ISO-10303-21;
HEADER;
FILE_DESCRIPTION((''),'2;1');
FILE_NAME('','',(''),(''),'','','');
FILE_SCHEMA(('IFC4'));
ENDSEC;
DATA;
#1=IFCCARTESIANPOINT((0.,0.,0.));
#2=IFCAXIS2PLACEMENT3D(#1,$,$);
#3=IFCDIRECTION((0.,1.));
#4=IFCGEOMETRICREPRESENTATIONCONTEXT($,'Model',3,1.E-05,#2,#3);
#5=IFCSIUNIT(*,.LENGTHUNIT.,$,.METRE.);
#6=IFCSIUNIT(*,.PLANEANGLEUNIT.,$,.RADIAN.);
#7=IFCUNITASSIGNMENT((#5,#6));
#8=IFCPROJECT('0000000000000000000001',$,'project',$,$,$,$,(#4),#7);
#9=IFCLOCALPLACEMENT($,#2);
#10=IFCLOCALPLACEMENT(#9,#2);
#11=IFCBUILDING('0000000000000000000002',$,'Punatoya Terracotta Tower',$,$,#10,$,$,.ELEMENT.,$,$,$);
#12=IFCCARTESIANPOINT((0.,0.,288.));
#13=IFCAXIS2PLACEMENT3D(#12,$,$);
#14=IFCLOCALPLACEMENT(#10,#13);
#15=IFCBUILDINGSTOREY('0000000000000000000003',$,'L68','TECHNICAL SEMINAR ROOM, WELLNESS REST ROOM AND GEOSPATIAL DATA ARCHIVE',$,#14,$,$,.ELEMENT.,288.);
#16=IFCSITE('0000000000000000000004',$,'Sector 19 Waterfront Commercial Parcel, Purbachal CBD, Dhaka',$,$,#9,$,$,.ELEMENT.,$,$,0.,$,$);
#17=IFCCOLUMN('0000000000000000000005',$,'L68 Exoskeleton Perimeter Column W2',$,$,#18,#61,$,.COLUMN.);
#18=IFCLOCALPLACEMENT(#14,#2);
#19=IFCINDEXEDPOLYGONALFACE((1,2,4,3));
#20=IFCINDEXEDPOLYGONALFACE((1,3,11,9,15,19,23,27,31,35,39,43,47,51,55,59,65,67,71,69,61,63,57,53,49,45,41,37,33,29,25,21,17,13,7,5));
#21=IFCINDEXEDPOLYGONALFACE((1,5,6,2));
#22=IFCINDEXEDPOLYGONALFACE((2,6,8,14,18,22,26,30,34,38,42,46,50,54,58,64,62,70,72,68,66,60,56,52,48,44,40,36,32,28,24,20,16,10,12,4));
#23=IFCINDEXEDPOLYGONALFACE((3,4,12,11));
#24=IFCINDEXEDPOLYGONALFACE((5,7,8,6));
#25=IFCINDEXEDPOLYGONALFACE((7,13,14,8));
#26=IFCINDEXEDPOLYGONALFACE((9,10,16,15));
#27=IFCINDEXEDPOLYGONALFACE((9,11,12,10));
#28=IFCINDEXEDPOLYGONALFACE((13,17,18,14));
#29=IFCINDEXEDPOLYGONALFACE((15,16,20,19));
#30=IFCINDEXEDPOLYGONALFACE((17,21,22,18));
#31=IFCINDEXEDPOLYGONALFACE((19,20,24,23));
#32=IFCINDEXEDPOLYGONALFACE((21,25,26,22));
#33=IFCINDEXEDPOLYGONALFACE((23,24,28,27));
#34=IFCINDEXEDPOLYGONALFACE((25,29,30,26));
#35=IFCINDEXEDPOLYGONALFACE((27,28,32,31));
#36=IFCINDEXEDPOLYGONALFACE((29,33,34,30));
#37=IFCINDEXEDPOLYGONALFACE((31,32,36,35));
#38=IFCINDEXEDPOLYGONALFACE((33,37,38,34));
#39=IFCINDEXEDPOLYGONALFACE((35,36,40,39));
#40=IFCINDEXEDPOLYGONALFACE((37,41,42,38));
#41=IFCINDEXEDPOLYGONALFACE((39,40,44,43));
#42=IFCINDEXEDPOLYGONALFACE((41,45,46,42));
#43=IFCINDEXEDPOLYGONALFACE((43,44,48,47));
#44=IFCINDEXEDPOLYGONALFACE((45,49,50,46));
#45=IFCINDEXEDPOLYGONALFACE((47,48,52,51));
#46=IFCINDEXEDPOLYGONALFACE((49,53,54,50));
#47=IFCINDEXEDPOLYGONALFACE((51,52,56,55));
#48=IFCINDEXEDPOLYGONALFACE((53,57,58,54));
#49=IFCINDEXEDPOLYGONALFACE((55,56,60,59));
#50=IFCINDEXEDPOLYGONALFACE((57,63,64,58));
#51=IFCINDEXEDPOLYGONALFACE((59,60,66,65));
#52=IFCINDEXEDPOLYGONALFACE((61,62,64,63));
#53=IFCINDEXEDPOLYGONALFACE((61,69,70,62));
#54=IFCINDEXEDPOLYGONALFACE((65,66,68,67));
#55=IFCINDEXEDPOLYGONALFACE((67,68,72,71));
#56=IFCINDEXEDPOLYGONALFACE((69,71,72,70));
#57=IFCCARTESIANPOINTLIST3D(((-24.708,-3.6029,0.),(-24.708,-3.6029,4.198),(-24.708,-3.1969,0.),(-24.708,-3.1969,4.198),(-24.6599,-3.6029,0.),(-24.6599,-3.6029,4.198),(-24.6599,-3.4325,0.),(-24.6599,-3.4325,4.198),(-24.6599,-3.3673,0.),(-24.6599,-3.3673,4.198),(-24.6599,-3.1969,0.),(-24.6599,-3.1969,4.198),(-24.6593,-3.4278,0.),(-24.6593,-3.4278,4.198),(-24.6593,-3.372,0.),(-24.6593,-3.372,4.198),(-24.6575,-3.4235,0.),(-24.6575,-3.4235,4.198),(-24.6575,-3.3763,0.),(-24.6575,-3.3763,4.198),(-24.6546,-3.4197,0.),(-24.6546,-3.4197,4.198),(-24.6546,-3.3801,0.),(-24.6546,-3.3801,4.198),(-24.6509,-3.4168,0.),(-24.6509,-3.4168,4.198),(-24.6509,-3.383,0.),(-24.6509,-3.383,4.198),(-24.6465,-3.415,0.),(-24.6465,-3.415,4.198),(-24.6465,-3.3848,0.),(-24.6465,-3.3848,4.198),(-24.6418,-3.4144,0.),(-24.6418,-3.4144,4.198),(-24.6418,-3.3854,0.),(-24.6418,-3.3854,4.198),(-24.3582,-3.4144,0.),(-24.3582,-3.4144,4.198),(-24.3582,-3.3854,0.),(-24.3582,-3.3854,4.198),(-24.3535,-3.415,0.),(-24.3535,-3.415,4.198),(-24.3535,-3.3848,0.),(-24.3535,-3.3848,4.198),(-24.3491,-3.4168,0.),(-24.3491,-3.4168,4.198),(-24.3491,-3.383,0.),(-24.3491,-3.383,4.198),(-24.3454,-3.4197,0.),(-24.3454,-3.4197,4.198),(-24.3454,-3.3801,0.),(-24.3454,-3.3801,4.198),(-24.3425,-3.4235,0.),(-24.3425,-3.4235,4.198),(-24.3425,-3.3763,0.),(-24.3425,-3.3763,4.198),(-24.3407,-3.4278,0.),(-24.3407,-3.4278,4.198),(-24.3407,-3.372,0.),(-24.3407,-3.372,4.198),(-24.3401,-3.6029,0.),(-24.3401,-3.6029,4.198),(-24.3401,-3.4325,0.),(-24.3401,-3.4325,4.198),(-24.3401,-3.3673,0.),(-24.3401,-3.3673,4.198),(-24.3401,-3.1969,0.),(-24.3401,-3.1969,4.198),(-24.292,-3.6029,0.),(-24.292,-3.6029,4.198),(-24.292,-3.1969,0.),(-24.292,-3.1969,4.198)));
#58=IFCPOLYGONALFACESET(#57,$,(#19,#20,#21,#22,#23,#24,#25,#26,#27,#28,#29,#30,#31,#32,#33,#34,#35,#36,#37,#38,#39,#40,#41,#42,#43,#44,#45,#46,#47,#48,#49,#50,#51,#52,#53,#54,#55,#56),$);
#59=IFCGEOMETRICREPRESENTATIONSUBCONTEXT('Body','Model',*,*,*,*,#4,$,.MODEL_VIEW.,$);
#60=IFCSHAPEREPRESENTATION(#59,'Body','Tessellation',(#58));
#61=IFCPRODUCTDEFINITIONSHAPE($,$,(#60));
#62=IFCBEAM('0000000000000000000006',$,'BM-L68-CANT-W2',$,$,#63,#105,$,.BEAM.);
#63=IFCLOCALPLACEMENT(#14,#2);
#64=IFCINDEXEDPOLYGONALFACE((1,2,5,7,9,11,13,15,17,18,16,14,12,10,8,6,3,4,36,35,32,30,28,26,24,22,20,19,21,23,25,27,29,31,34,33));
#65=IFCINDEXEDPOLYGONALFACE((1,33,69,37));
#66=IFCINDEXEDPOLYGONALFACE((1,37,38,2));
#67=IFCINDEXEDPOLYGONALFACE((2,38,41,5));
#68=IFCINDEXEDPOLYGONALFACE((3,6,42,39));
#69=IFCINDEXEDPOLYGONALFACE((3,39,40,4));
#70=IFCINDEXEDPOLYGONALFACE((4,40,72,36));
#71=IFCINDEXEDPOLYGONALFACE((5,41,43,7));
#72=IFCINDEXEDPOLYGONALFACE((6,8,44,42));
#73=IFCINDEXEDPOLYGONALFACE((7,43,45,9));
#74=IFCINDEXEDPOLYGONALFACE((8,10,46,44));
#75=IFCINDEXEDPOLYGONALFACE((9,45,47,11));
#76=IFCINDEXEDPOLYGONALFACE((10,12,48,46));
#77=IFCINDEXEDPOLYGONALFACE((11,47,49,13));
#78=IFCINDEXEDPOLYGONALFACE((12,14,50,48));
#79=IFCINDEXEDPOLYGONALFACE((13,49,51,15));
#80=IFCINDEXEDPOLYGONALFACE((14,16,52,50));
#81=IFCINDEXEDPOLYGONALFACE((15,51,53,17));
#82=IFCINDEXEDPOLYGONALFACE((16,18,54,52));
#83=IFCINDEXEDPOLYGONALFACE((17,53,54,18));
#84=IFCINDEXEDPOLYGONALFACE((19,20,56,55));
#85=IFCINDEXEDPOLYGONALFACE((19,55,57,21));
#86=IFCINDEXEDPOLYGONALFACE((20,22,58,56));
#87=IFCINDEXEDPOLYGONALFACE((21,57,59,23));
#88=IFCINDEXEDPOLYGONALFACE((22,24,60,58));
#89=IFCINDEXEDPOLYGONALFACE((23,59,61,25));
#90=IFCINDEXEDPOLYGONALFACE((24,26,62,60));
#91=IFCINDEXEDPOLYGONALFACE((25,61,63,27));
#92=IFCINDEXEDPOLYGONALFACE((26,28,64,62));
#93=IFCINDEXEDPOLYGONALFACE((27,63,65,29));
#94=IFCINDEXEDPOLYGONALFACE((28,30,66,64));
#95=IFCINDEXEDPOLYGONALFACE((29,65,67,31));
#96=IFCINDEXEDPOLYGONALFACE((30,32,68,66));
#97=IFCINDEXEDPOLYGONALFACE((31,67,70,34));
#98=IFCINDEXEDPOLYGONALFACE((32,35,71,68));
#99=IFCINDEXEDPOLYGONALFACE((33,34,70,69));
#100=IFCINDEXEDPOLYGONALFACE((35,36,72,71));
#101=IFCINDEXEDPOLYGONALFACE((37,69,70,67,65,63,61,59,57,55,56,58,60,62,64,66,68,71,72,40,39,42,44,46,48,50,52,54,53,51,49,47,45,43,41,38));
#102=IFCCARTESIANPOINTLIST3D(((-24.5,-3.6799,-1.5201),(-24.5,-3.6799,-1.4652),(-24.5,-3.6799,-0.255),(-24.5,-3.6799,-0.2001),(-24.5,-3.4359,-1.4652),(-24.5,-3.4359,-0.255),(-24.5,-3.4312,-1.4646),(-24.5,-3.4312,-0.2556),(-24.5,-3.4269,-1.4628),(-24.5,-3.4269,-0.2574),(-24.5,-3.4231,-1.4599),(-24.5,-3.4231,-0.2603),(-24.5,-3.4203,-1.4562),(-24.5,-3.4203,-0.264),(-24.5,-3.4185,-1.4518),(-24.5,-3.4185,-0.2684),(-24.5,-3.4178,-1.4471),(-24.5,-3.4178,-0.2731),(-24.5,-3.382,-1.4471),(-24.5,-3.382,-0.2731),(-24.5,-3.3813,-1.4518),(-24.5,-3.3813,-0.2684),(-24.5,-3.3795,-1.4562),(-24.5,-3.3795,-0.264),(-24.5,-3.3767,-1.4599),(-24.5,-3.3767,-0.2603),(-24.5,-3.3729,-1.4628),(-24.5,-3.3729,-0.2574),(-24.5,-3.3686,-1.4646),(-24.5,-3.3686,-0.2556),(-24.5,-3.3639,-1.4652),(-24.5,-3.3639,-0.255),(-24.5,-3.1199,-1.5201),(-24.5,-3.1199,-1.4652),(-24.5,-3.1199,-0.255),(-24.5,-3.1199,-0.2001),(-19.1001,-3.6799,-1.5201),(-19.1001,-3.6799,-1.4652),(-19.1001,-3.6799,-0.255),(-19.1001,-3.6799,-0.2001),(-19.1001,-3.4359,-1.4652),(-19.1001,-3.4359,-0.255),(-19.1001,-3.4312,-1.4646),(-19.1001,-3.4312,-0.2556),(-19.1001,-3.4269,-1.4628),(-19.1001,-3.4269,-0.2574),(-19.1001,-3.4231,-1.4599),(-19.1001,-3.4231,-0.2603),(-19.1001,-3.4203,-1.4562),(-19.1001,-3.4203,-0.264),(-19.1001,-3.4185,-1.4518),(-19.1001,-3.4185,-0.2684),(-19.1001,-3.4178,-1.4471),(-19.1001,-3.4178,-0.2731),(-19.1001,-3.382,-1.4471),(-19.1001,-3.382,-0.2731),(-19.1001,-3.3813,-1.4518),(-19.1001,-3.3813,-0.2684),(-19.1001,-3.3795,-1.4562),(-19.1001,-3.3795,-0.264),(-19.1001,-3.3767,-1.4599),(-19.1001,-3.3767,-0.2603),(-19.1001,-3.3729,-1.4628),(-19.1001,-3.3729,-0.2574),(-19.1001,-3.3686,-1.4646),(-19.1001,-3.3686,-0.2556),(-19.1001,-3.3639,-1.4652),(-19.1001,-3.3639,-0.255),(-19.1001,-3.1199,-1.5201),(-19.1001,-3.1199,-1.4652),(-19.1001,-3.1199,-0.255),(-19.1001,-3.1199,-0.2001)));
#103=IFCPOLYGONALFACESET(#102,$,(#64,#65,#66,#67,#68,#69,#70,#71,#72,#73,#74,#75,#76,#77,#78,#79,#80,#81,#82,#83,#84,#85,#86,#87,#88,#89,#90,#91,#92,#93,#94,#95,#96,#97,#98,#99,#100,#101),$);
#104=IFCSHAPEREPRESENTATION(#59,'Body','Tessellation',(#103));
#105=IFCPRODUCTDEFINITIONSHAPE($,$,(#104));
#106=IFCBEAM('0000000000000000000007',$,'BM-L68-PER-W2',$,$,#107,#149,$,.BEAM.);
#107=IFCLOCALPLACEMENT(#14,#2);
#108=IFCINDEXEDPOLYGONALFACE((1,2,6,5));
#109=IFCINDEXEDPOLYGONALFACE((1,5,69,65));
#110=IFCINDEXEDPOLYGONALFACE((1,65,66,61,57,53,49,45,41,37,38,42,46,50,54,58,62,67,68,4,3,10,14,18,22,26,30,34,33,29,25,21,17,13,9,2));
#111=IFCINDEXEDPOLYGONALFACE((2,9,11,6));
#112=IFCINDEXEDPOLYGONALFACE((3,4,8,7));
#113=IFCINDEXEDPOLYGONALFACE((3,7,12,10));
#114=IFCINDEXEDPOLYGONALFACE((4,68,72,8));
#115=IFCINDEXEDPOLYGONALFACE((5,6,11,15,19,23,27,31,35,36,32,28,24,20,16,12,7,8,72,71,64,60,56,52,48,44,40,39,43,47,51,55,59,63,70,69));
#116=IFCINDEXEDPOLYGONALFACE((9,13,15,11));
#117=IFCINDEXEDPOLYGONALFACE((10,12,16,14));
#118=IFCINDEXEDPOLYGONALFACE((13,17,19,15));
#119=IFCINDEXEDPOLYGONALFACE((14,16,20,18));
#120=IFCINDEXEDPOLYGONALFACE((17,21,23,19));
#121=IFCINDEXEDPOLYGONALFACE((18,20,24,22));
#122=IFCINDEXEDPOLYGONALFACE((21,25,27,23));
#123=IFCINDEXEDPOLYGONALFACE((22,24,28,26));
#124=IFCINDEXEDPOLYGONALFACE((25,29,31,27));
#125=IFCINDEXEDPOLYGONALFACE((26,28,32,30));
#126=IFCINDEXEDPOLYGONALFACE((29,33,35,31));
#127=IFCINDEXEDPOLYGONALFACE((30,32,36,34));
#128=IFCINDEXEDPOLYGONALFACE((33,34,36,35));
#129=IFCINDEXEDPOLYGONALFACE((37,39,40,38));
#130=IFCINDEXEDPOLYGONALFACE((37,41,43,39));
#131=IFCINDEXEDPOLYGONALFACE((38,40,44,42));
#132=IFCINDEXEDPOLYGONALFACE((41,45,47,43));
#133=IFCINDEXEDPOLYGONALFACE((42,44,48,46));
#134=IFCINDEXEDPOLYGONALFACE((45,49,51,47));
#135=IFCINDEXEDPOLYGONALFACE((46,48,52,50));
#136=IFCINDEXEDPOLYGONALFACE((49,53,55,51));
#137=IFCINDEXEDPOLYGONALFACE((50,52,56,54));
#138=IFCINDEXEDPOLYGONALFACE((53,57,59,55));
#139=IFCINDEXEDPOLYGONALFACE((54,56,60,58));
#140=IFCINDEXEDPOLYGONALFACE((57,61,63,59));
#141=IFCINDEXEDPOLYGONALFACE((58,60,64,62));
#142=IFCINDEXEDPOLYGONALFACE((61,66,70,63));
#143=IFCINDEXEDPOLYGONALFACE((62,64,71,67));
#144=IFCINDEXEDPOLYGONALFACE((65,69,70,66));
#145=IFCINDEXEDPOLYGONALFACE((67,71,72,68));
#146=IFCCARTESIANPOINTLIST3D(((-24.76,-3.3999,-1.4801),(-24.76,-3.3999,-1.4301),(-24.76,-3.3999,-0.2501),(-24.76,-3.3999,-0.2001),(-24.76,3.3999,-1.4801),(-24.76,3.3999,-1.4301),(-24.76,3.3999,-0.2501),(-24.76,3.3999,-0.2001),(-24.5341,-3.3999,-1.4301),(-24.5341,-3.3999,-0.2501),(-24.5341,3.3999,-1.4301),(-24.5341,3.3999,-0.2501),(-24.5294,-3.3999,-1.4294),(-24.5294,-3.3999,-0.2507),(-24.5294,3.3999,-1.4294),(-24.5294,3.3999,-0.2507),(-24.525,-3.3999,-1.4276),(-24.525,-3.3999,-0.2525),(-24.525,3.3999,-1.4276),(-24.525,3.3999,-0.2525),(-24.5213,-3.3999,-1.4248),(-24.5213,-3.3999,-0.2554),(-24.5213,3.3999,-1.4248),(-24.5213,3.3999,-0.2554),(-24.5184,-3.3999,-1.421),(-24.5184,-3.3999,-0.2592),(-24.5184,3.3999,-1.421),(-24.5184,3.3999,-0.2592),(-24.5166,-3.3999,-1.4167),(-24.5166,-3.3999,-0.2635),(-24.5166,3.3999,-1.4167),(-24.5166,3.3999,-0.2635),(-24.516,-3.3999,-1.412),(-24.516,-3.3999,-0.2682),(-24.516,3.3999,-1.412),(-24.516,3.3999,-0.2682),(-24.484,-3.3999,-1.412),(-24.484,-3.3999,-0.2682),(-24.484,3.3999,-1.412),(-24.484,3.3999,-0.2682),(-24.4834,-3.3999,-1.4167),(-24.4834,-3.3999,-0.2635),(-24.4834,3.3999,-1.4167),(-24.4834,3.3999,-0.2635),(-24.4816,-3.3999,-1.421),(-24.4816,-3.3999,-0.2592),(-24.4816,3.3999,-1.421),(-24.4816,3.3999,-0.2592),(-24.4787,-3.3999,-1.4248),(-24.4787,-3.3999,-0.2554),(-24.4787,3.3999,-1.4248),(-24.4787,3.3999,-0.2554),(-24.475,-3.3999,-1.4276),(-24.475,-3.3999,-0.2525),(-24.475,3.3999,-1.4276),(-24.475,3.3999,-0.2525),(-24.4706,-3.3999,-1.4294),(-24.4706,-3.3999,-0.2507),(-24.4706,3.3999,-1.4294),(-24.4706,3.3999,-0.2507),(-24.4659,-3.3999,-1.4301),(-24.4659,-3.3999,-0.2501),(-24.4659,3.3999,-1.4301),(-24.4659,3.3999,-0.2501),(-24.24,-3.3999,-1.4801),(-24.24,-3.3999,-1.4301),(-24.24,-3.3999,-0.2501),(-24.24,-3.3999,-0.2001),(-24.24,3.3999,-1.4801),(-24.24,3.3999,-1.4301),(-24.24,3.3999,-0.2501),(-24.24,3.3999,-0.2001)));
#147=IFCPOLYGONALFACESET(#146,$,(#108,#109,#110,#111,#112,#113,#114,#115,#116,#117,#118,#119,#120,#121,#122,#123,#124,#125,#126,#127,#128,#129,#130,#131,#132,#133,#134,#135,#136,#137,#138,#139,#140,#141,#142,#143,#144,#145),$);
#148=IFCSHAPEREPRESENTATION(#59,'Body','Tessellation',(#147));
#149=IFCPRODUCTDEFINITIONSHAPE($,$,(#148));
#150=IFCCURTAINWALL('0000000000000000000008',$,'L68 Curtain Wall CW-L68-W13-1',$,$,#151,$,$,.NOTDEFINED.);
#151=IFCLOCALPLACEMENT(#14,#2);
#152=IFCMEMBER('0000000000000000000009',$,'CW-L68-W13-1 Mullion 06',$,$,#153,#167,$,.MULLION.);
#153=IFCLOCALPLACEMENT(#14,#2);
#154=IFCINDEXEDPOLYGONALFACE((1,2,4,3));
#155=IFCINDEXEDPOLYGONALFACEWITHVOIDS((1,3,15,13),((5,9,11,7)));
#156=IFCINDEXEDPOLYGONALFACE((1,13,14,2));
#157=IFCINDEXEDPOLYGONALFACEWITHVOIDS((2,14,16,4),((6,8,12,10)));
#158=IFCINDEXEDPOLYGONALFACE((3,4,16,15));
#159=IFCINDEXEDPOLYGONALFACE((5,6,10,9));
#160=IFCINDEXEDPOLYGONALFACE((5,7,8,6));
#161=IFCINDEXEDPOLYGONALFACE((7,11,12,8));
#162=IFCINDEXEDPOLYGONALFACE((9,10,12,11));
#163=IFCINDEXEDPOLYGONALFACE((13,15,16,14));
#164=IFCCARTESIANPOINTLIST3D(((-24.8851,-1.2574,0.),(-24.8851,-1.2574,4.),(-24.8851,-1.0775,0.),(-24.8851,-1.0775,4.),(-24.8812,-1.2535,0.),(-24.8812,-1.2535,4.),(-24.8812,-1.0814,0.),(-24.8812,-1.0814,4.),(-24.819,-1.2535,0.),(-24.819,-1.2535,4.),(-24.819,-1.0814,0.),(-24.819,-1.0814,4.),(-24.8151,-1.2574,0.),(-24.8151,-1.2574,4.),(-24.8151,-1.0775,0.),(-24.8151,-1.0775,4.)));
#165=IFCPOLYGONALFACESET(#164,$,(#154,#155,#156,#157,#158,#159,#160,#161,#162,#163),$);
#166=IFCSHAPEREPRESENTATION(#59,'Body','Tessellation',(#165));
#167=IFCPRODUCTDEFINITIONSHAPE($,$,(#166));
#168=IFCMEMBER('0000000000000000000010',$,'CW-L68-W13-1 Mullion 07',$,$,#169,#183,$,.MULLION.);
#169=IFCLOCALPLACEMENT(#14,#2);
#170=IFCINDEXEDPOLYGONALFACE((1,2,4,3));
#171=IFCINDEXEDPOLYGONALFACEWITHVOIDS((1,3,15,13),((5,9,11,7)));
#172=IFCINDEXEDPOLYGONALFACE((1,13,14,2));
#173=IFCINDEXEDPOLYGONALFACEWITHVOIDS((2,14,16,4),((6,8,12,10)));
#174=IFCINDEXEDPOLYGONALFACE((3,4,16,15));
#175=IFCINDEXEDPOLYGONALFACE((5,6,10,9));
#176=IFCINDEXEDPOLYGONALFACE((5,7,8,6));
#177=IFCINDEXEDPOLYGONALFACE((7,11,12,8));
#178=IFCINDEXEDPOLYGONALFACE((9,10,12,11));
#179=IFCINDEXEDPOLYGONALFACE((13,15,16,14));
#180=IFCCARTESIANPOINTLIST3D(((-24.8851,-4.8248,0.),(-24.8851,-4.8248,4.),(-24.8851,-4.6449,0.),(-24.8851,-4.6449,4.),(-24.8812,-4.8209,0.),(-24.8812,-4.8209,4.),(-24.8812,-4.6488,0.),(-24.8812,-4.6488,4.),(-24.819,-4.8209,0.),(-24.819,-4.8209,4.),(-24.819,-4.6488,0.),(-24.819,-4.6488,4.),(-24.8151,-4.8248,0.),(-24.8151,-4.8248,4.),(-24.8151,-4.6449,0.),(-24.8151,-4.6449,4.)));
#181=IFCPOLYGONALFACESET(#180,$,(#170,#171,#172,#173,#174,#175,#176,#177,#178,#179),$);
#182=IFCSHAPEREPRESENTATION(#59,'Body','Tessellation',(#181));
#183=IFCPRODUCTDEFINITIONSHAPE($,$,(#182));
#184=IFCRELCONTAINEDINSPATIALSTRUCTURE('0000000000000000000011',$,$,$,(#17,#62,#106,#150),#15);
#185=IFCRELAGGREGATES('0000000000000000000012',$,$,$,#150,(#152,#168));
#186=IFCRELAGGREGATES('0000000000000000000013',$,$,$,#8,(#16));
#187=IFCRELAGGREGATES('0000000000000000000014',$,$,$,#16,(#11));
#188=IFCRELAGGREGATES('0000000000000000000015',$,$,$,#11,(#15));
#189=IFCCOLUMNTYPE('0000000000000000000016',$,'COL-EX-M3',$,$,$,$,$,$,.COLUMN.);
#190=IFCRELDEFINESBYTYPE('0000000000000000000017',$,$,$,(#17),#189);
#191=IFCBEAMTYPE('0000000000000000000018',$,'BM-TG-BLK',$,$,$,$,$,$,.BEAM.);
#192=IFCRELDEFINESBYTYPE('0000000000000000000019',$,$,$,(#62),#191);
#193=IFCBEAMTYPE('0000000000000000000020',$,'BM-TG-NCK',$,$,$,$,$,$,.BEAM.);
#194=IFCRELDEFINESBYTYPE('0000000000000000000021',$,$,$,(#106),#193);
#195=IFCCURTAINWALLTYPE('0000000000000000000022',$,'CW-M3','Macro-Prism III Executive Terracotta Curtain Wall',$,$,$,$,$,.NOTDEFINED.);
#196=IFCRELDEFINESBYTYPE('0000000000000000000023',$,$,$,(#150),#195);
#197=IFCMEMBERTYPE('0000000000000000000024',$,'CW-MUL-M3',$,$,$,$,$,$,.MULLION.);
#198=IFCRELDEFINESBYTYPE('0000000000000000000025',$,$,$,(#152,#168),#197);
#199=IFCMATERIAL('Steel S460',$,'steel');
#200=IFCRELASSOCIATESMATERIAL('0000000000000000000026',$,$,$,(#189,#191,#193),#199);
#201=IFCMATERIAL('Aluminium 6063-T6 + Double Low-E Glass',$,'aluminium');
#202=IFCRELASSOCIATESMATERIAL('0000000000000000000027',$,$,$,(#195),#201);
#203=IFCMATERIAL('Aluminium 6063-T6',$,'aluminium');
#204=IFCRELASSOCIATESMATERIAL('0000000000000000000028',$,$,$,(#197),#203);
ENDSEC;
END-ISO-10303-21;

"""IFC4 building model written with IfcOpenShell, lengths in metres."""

from ifc_helpers import new_model, si_unit, direction, frame, origin, origin_2d, place, context, subcontext, project, spatial, hollow_rectangle, i_section, extrude, material, material_profile, profile_set, type_object, element, aggregate, save


model = new_model("IFC4")

# Units and contexts
model_context = context("Model", 3, precision=1e-05, world=origin(), true_north=direction((0.0, 1.0)))
body_context = subcontext(model_context, "Body", "Model", "MODEL_VIEW")
ifc_project = project(units=[si_unit("LENGTHUNIT", "METRE"), si_unit("PLANEANGLEUNIT", "RADIAN")], contexts=[model_context])

# Site, building, storey
site_placement = place(None, origin())
site = spatial("IfcSite", under=ifc_project, at=site_placement, Name="Sector 19 Waterfront Commercial Parcel, Purbachal CBD, Dhaka", CompositionType="ELEMENT", RefElevation=0.0)
building_placement = place(site_placement, origin())
building = spatial("IfcBuilding", under=site, at=building_placement, Name="Punatoya Terracotta Tower", CompositionType="ELEMENT")
storey_placement = place(building_placement, frame((0.0, 0.0, 288.0)))
storey = spatial("IfcBuildingStorey", under=building, at=storey_placement, Name="L68", Description="TECHNICAL SEMINAR ROOM, WELLNESS REST ROOM AND GEOSPATIAL DATA ARCHIVE", CompositionType="ELEMENT", Elevation=288.0)

# Column
ifc_material_1 = material(Name="Steel S460", Category="steel")
ifc_material_profile_1 = material_profile(ifc_material_1, i_section(OverallWidth=0.406, OverallDepth=0.416, WebThickness=0.0291, FlangeThickness=0.0481, FilletRadius=0.0181, at=origin_2d()))
ifc_profile_set_1 = profile_set([ifc_material_profile_1], Name="Steel S460")
column_type = type_object("IfcColumnType", Name="COL-EX-M3", PredefinedType="COLUMN", material=ifc_profile_set_1)
column_placement = place(storey_placement, frame((-24.5, -3.3999, 0.0), z_axis=(0.0, 0.0, 1.0), x_axis=(0.0, 1.0, 0.0)))
element("IfcColumn", 1, at=column_placement, inside=storey, type_object=column_type, Name="L68 Exoskeleton Perimeter Column W2", PredefinedType="COLUMN", context=body_context, shape_type="SweptSolid", body=[
    extrude(i_section(OverallWidth=0.406, OverallDepth=0.416, WebThickness=0.0291, FlangeThickness=0.0481, FilletRadius=0.0181, at=origin_2d()), origin(), (0.0, 0.0, 1.0), 4.198),
])

# Beams
ifc_material_profile_2 = material_profile(ifc_material_1, i_section(OverallWidth=0.5601, OverallDepth=1.3201, WebThickness=0.0359, FlangeThickness=0.0549, FilletRadius=0.0181, at=origin_2d()))
ifc_profile_set_2 = profile_set([ifc_material_profile_2], Name="Steel S460")
beam_type_1 = type_object("IfcBeamType", Name="BM-TG-BLK", PredefinedType="BEAM", material=ifc_profile_set_2)
beam_1_placement = place(storey_placement, frame((-24.5, -3.3999, -0.8601), z_axis=(1.0, 0.0, 0.0), x_axis=(0.0, 1.0, 0.0)))
element("IfcBeam", 2, at=beam_1_placement, inside=storey, type_object=beam_type_1, Name="BM-L68-CANT-W2", PredefinedType="BEAM", context=body_context, shape_type="SweptSolid", body=[
    extrude(i_section(OverallWidth=0.5601, OverallDepth=1.3201, WebThickness=0.0359, FlangeThickness=0.0549, FilletRadius=0.0181, at=origin_2d()), origin(), (0.0, 0.0, 1.0), 5.3999),
])
ifc_material_profile_3 = material_profile(ifc_material_1, i_section(OverallWidth=0.52, OverallDepth=1.28, WebThickness=0.032, FlangeThickness=0.05, FilletRadius=0.0181, at=origin_2d()))
ifc_profile_set_3 = profile_set([ifc_material_profile_3], Name="Steel S460")
beam_type_2 = type_object("IfcBeamType", Name="BM-TG-NCK", PredefinedType="BEAM", material=ifc_profile_set_3)
beam_2_placement = place(storey_placement, frame((-24.5, -3.3999, -0.8401), z_axis=(0.0, 1.0, 0.0), x_axis=(-1.0, 0.0, 0.0)))
element("IfcBeam", 3, at=beam_2_placement, inside=storey, type_object=beam_type_2, Name="BM-L68-PER-W2", PredefinedType="BEAM", context=body_context, shape_type="SweptSolid", body=[
    extrude(i_section(OverallWidth=0.52, OverallDepth=1.28, WebThickness=0.032, FlangeThickness=0.05, FilletRadius=0.0181, at=origin_2d()), origin(), (0.0, 0.0, 1.0), 6.7998),
])

# Curtain wall, members
ifc_material_2 = material(Name="Aluminium 6063-T6 + Double Low-E Glass", Category="aluminium")
curtain_wall_type = type_object("IfcCurtainWallType", Name="CW-M3", Description="Macro-Prism III Executive Terracotta Curtain Wall", PredefinedType="NOTDEFINED", material=ifc_material_2)
curtain_wall_1_placement = place(storey_placement, origin())
curtain_wall_1 = element("IfcCurtainWall", 4, at=curtain_wall_1_placement, inside=storey, type_object=curtain_wall_type, Name="L68 Curtain Wall CW-L68-W13-1", PredefinedType="NOTDEFINED")
ifc_material_3 = material(Name="Aluminium 6063-T6", Category="aluminium")
ifc_material_profile_4 = material_profile(ifc_material_3, hollow_rectangle(XDim=0.0701, YDim=0.1799, WallThickness=0.0039, at=origin_2d()))
ifc_profile_set_4 = profile_set([ifc_material_profile_4], Name="Aluminium 6063-T6")
member_type_1 = type_object("IfcMemberType", Name="CW-MUL-M3", PredefinedType="MULLION", material=ifc_profile_set_4)
member_1_placement = place(storey_placement, frame((-24.8501, -1.1675, 0.0), z_axis=(0.0, 0.0, 1.0), x_axis=(1.0, 0.0, 0.0)))
member_1 = element("IfcMember", 5, at=member_1_placement, type_object=member_type_1, Name="CW-L68-W13-1 Mullion 06", PredefinedType="MULLION", context=body_context, shape_type="SweptSolid", body=[
    extrude(hollow_rectangle(XDim=0.0701, YDim=0.1799, WallThickness=0.0039, at=origin_2d()), origin(), (0.0, 0.0, 1.0), 4.0),
])
member_2_placement = place(storey_placement, frame((-24.8501, -4.7349, 0.0), z_axis=(0.0, 0.0, 1.0), x_axis=(1.0, 0.0, 0.0)))
member_2 = element("IfcMember", 6, at=member_2_placement, type_object=member_type_1, Name="CW-L68-W13-1 Mullion 07", PredefinedType="MULLION", context=body_context, shape_type="SweptSolid", body=[
    extrude(hollow_rectangle(XDim=0.0701, YDim=0.1799, WallThickness=0.0039, at=origin_2d()), origin(), (0.0, 0.0, 1.0), 4.0),
])

aggregate(curtain_wall_1, [member_1, member_2])

save(model, "model.ifc")
